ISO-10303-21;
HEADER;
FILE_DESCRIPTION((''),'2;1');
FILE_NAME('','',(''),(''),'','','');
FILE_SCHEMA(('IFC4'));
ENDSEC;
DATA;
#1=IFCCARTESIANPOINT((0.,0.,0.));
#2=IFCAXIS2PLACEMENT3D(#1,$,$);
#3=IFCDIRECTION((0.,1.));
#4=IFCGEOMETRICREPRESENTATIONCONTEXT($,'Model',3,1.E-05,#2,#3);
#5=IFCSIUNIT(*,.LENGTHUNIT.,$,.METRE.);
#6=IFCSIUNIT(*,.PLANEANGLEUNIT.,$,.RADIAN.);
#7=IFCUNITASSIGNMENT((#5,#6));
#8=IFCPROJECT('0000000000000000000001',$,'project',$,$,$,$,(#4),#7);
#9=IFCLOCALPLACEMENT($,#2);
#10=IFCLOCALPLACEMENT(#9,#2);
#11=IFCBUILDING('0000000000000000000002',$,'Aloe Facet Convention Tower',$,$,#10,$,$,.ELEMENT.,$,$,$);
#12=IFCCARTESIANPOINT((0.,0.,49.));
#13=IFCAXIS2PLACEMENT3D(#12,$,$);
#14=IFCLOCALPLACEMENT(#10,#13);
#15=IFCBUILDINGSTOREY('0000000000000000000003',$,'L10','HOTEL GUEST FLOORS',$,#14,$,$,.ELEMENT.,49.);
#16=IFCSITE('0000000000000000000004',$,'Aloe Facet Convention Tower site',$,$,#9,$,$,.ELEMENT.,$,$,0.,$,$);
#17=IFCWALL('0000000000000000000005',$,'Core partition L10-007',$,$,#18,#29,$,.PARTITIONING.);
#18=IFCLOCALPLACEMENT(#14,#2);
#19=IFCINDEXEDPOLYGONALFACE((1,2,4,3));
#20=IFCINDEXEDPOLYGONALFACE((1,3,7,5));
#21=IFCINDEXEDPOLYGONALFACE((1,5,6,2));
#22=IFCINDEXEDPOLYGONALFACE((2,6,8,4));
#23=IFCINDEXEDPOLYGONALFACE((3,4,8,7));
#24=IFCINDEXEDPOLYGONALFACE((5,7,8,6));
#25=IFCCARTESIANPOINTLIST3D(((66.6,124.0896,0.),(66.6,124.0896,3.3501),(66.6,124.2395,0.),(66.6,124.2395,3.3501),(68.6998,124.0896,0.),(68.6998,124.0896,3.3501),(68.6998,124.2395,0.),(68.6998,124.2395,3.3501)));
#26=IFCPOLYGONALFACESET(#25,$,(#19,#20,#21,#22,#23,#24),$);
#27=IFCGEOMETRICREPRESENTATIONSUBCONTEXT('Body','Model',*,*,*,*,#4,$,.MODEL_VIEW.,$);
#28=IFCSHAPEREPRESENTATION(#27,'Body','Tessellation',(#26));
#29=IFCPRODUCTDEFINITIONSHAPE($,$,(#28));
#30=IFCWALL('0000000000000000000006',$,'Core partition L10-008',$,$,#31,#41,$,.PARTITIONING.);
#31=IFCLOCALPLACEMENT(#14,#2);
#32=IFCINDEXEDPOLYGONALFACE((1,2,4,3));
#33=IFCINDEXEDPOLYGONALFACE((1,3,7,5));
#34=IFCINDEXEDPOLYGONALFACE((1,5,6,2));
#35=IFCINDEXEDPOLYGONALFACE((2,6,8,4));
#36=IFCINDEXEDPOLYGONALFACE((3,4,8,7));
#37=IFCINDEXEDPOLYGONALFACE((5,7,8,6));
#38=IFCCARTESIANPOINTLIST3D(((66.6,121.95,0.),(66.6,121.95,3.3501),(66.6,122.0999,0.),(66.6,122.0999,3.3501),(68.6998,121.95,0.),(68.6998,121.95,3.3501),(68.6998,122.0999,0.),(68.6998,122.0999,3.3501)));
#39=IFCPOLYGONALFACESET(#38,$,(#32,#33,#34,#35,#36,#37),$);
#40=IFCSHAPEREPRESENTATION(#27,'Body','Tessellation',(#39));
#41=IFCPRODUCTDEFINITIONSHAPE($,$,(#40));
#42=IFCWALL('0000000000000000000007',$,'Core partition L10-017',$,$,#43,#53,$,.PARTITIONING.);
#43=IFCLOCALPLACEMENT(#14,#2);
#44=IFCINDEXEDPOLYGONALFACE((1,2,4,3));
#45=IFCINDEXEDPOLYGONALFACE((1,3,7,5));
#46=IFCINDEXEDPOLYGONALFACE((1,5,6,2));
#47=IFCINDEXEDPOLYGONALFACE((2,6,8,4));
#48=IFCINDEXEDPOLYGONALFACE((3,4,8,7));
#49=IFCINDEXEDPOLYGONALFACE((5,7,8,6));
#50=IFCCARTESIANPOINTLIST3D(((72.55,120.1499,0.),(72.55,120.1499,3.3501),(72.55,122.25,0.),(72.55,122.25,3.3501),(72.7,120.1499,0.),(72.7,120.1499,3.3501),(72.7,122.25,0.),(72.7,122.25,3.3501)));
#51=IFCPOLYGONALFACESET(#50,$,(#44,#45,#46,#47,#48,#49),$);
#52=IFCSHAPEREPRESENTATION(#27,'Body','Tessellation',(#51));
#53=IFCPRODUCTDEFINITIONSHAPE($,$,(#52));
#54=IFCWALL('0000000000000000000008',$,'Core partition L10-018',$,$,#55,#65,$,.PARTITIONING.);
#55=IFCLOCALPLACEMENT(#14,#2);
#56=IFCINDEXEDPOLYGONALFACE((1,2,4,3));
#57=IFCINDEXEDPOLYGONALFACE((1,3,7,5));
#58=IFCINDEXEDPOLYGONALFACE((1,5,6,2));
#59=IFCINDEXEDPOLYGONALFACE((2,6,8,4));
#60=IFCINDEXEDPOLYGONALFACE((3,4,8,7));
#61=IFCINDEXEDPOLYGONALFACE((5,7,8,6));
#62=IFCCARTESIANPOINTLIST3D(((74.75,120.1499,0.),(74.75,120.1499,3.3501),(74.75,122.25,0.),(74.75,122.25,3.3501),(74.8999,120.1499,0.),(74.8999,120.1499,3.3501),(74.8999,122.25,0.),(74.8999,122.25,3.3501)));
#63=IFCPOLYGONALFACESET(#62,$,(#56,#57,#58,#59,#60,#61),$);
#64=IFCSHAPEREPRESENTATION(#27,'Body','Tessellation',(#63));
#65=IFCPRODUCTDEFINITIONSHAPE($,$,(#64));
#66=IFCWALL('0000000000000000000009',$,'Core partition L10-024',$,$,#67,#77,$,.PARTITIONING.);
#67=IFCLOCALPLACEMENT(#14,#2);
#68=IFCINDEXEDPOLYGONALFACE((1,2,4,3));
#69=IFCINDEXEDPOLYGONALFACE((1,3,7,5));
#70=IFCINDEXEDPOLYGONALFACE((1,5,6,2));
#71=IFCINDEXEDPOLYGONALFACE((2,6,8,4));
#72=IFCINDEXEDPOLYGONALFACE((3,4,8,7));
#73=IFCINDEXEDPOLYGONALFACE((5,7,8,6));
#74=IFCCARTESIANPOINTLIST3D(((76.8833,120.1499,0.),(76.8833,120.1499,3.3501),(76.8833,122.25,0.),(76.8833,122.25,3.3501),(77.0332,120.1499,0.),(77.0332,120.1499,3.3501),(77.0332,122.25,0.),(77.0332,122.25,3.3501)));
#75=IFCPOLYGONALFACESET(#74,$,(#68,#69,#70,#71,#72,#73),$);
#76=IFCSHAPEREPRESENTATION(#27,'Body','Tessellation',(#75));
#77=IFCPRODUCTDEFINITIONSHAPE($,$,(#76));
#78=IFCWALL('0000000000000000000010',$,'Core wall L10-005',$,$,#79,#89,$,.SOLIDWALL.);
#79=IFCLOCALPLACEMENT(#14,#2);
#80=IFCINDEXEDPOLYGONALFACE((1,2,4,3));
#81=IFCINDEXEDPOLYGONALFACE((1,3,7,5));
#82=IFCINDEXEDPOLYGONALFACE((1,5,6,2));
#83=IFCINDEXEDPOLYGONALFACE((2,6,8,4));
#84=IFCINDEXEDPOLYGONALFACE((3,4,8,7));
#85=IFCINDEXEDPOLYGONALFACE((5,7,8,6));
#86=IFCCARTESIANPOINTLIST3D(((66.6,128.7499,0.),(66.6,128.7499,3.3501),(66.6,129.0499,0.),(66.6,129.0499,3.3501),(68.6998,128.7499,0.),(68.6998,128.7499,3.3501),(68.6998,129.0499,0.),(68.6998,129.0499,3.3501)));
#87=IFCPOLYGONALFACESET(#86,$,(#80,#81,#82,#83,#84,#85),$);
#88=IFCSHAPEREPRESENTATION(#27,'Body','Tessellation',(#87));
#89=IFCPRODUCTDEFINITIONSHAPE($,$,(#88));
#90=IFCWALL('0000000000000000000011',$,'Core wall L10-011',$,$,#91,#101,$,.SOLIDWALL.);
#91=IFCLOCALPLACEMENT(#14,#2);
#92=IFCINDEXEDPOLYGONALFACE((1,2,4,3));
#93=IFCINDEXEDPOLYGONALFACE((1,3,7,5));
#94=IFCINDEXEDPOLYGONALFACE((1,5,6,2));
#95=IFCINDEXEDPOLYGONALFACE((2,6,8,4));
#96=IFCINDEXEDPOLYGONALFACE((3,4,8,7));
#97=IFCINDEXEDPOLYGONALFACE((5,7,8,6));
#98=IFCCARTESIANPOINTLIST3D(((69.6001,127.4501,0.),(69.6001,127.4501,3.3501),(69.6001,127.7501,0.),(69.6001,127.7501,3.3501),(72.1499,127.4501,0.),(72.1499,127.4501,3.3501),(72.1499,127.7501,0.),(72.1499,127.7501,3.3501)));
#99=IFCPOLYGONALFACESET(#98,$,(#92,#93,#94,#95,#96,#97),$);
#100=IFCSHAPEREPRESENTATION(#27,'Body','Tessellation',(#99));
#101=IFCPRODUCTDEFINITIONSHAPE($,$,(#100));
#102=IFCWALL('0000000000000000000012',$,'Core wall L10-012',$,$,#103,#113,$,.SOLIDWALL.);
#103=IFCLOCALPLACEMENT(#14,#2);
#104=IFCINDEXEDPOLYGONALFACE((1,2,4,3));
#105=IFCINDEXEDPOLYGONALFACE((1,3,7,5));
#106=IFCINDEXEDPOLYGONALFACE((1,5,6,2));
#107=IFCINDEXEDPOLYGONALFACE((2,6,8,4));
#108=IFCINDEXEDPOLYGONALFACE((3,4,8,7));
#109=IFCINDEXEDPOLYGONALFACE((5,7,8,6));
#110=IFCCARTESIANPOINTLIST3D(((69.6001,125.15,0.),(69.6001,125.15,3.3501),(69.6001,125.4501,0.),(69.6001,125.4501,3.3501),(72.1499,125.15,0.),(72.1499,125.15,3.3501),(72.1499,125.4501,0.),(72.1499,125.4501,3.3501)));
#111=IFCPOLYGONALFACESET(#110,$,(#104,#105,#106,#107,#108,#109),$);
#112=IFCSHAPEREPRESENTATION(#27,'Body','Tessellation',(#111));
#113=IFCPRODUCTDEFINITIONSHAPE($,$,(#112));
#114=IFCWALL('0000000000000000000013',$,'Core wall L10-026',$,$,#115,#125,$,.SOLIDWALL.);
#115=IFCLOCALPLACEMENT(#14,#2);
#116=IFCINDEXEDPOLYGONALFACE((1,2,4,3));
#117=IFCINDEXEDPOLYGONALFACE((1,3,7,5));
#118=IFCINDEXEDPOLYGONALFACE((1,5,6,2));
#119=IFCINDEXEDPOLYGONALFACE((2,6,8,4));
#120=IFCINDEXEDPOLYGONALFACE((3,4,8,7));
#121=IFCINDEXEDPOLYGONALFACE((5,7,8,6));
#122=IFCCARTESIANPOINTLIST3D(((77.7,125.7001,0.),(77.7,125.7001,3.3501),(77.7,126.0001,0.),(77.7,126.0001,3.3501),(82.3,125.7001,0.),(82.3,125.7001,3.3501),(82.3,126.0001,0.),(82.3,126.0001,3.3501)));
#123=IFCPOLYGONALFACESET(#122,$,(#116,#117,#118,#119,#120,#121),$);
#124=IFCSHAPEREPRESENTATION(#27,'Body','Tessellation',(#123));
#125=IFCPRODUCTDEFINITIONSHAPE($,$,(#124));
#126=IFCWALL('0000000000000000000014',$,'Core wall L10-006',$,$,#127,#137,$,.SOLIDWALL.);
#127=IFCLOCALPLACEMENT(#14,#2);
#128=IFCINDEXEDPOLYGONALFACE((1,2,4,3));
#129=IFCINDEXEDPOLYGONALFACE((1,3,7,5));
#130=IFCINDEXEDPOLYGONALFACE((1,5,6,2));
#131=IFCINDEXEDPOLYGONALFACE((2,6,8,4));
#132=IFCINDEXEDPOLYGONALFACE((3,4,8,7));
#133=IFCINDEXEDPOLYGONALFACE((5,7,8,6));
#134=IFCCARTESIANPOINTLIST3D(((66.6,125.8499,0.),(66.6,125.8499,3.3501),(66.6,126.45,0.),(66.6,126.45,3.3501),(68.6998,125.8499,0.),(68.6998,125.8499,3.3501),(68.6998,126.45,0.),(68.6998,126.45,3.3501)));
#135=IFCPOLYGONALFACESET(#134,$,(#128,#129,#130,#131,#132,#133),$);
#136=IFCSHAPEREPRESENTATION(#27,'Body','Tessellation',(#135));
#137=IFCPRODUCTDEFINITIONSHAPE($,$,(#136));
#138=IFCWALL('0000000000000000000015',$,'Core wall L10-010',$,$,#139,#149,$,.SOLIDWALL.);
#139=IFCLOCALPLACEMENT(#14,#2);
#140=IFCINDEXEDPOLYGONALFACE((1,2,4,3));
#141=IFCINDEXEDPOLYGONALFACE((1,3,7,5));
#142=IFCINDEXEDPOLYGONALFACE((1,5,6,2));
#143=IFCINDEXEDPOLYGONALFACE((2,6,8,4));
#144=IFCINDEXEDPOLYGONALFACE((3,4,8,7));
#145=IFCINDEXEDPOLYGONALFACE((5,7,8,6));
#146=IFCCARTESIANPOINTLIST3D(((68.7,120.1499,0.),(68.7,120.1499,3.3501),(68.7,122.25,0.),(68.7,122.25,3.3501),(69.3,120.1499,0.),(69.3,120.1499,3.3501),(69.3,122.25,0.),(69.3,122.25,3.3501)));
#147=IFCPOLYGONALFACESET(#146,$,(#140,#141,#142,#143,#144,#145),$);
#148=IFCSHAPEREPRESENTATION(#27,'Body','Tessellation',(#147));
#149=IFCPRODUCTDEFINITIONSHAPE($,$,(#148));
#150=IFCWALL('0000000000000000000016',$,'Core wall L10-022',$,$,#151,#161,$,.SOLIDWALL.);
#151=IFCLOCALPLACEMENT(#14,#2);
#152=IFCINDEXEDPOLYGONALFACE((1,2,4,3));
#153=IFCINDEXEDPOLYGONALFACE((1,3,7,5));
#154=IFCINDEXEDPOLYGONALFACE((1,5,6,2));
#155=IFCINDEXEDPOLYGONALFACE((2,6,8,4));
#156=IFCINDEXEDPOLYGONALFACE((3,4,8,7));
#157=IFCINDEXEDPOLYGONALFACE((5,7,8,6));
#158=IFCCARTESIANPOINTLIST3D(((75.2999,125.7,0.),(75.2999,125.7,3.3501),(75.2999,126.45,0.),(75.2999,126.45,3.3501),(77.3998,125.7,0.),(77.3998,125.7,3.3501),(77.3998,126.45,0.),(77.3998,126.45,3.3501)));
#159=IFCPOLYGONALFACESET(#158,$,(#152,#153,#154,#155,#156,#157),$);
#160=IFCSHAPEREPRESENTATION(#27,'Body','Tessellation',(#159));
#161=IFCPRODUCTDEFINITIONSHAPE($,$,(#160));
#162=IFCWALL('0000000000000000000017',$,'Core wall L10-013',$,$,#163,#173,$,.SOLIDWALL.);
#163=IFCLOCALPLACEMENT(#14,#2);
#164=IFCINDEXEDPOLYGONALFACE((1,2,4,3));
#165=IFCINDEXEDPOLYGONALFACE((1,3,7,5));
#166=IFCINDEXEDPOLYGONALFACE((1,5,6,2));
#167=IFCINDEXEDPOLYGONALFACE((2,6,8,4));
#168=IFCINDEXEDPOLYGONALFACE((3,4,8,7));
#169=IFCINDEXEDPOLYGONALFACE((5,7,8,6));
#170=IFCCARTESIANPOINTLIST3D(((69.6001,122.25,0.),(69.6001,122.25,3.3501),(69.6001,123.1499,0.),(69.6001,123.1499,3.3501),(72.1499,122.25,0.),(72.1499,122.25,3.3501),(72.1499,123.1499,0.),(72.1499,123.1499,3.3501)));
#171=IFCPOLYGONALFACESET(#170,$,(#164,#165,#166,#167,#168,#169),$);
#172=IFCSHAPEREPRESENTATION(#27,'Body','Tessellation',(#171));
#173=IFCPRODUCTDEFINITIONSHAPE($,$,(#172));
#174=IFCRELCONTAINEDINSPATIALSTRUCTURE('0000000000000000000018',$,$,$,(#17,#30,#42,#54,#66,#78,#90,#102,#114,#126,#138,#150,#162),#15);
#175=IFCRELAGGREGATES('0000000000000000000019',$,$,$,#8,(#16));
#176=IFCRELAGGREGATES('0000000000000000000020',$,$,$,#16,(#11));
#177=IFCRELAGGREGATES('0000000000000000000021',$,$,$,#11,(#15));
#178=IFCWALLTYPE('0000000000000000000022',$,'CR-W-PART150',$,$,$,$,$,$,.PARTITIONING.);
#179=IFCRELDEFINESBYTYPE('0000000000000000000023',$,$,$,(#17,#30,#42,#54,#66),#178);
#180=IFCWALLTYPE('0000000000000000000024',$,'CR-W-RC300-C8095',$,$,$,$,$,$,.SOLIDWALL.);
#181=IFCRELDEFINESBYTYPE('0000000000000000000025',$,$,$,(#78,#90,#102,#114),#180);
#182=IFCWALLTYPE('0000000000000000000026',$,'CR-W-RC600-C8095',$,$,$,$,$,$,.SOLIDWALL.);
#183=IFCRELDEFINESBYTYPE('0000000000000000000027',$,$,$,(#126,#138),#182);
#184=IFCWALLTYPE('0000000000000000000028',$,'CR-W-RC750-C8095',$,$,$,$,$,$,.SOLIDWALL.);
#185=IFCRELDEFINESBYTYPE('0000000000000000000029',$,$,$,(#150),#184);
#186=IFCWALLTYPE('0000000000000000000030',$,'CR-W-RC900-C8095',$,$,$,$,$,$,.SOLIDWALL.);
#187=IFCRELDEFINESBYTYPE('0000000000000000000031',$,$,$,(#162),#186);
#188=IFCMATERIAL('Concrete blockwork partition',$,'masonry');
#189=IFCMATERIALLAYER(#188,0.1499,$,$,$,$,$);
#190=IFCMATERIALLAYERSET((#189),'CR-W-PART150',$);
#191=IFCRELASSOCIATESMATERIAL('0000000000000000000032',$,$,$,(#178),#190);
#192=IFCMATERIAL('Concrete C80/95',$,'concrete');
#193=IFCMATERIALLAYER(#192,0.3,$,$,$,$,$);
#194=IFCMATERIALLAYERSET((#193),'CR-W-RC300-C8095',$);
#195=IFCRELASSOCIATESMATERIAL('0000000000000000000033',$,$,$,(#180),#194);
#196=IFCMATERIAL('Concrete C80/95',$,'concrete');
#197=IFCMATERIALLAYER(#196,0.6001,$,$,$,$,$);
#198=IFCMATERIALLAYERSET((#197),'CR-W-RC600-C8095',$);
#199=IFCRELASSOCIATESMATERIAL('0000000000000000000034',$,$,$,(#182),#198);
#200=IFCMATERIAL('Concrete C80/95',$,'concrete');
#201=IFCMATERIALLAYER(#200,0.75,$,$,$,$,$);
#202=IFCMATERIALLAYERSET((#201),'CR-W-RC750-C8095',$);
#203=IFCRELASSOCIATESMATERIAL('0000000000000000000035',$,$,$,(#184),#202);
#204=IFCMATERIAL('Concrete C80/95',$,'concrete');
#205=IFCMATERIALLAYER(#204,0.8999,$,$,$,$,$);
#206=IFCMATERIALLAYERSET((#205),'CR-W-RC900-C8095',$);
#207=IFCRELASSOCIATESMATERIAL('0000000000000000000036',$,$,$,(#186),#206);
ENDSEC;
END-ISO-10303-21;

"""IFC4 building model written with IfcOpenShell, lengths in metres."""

from ifc_helpers import new_model, si_unit, direction, frame, frame_2d, origin, place, context, subcontext, project, spatial, rectangle, extrude, material, layer, layer_set, type_object, element, save


model = new_model("IFC4")

# Units and contexts
model_context = context("Model", 3, precision=1e-05, world=origin(), true_north=direction((0.0, 1.0)))
body_context = subcontext(model_context, "Body", "Model", "MODEL_VIEW")
ifc_project = project(units=[si_unit("LENGTHUNIT", "METRE"), si_unit("PLANEANGLEUNIT", "RADIAN")], contexts=[model_context])

# Site, building, storey
site_placement = place(None, origin())
site = spatial("IfcSite", under=ifc_project, at=site_placement, Name="Aloe Facet Convention Tower site", CompositionType="ELEMENT", RefElevation=0.0)
building_placement = place(site_placement, origin())
building = spatial("IfcBuilding", under=site, at=building_placement, Name="Aloe Facet Convention Tower", CompositionType="ELEMENT")
storey_placement = place(building_placement, frame((0.0, 0.0, 49.0)))
storey = spatial("IfcBuildingStorey", under=building, at=storey_placement, Name="L10", Description="HOTEL GUEST FLOORS", CompositionType="ELEMENT", Elevation=49.0)

# Walls
ifc_material_1 = material(Name="Concrete blockwork partition", Category="masonry")
ifc_layer_1 = layer(ifc_material_1, 0.1499)
ifc_layer_set_1 = layer_set([ifc_layer_1], Name="CR-W-PART150")
wall_type_1 = type_object("IfcWallType", Name="CR-W-PART150", PredefinedType="PARTITIONING", material=ifc_layer_set_1)
for number, where, z_axis, x_axis, name in (
    (1, (66.6001, 124.1646, 0.0), (0.0, 0.0, 1.0), (1.0, 0.0, 0.0), "Core partition L10-007"),
    (2, (66.6001, 122.0249, 0.0), (0.0, 0.0, 1.0), (1.0, 0.0, 0.0), "Core partition L10-008"),
):
    element("IfcWall", number, at=place(storey_placement, frame(where, z_axis=z_axis, x_axis=x_axis)), inside=storey, type_object=wall_type_1, Name=name, PredefinedType="PARTITIONING", context=body_context, shape_type="SweptSolid", body=[
        extrude(rectangle(XDim=2.0999, YDim=0.1499, at=frame_2d((1.0498, 0.0))), origin(), (0.0, 0.0, 1.0), 3.3501),
    ])
for number, where, z_axis, x_axis, name in (
    (3, (72.625, 122.25, 0.0), (0.0, 0.0, 1.0), (0.0, -1.0, 0.0), "Core partition L10-017"),
    (4, (74.825, 122.25, 0.0), (0.0, 0.0, 1.0), (0.0, -1.0, 0.0), "Core partition L10-018"),
    (5, (76.9583, 122.25, 0.0), (0.0, 0.0, 1.0), (0.0, -1.0, 0.0), "Core partition L10-024"),
):
    element("IfcWall", number, at=place(storey_placement, frame(where, z_axis=z_axis, x_axis=x_axis)), inside=storey, type_object=wall_type_1, Name=name, PredefinedType="PARTITIONING", context=body_context, shape_type="SweptSolid", body=[
        extrude(rectangle(XDim=2.1001, YDim=0.1499, at=frame_2d((1.05, 0.0))), origin(), (0.0, 0.0, 1.0), 3.3501),
    ])
ifc_material_2 = material(Name="Concrete C80/95", Category="concrete")
ifc_layer_2 = layer(ifc_material_2, 0.3)
ifc_layer_set_2 = layer_set([ifc_layer_2], Name="CR-W-RC300-C8095")
wall_type_2 = type_object("IfcWallType", Name="CR-W-RC300-C8095", PredefinedType="SOLIDWALL", material=ifc_layer_set_2)
wall_1_placement = place(storey_placement, frame((66.6001, 128.8999, 0.0), z_axis=(0.0, 0.0, 1.0), x_axis=(1.0, 0.0, 0.0)))
element("IfcWall", 6, at=wall_1_placement, inside=storey, type_object=wall_type_2, Name="Core wall L10-005", PredefinedType="SOLIDWALL", context=body_context, shape_type="SweptSolid", body=[
    extrude(rectangle(XDim=2.0999, YDim=0.3, at=frame_2d((1.0498, 0.0))), origin(), (0.0, 0.0, 1.0), 3.3501),
])
for number, where, z_axis, x_axis, name in (
    (7, (69.6001, 127.6001, 0.0), (0.0, 0.0, 1.0), (1.0, 0.0, 0.0), "Core wall L10-011"),
    (8, (69.6001, 125.3, 0.0), (0.0, 0.0, 1.0), (1.0, 0.0, 0.0), "Core wall L10-012"),
):
    element("IfcWall", number, at=place(storey_placement, frame(where, z_axis=z_axis, x_axis=x_axis)), inside=storey, type_object=wall_type_2, Name=name, PredefinedType="SOLIDWALL", context=body_context, shape_type="SweptSolid", body=[
        extrude(rectangle(XDim=2.5498, YDim=0.3, at=frame_2d((1.2749, 0.0))), origin(), (0.0, 0.0, 1.0), 3.3501),
    ])
wall_2_placement = place(storey_placement, frame((77.7, 125.8501, 0.0), z_axis=(0.0, 0.0, 1.0), x_axis=(1.0, 0.0, 0.0)))
element("IfcWall", 9, at=wall_2_placement, inside=storey, type_object=wall_type_2, Name="Core wall L10-026", PredefinedType="SOLIDWALL", context=body_context, shape_type="SweptSolid", body=[
    extrude(rectangle(XDim=4.6001, YDim=0.3, at=frame_2d((2.3, 0.0))), origin(), (0.0, 0.0, 1.0), 3.3501),
])
ifc_material_3 = material(Name="Concrete C80/95", Category="concrete")
ifc_layer_3 = layer(ifc_material_3, 0.6001)
ifc_layer_set_3 = layer_set([ifc_layer_3], Name="CR-W-RC600-C8095")
wall_type_3 = type_object("IfcWallType", Name="CR-W-RC600-C8095", PredefinedType="SOLIDWALL", material=ifc_layer_set_3)
wall_3_placement = place(storey_placement, frame((66.6001, 126.1499, 0.0), z_axis=(0.0, 0.0, 1.0), x_axis=(1.0, 0.0, 0.0)))
element("IfcWall", 10, at=wall_3_placement, inside=storey, type_object=wall_type_3, Name="Core wall L10-006", PredefinedType="SOLIDWALL", context=body_context, shape_type="SweptSolid", body=[
    extrude(rectangle(XDim=2.0999, YDim=0.6001, at=frame_2d((1.0498, 0.0))), origin(), (0.0, 0.0, 1.0), 3.3501),
])
wall_4_placement = place(storey_placement, frame((69.0, 122.25, 0.0), z_axis=(0.0, 0.0, 1.0), x_axis=(0.0, -1.0, 0.0)))
element("IfcWall", 11, at=wall_4_placement, inside=storey, type_object=wall_type_3, Name="Core wall L10-010", PredefinedType="SOLIDWALL", context=body_context, shape_type="SweptSolid", body=[
    extrude(rectangle(XDim=2.1001, YDim=0.6001, at=frame_2d((1.05, 0.0))), origin(), (0.0, 0.0, 1.0), 3.3501),
])
ifc_material_4 = material(Name="Concrete C80/95", Category="concrete")
ifc_layer_4 = layer(ifc_material_4, 0.75)
ifc_layer_set_4 = layer_set([ifc_layer_4], Name="CR-W-RC750-C8095")
wall_type_4 = type_object("IfcWallType", Name="CR-W-RC750-C8095", PredefinedType="SOLIDWALL", material=ifc_layer_set_4)
wall_5_placement = place(storey_placement, frame((75.3, 126.075, 0.0), z_axis=(0.0, 0.0, 1.0), x_axis=(1.0, 0.0, 0.0)))
element("IfcWall", 12, at=wall_5_placement, inside=storey, type_object=wall_type_4, Name="Core wall L10-022", PredefinedType="SOLIDWALL", context=body_context, shape_type="SweptSolid", body=[
    extrude(rectangle(XDim=2.0999, YDim=0.75, at=frame_2d((1.0498, 0.0))), origin(), (0.0, 0.0, 1.0), 3.3501),
])
ifc_material_5 = material(Name="Concrete C80/95", Category="concrete")
ifc_layer_5 = layer(ifc_material_5, 0.8999)
ifc_layer_set_5 = layer_set([ifc_layer_5], Name="CR-W-RC900-C8095")
wall_type_5 = type_object("IfcWallType", Name="CR-W-RC900-C8095", PredefinedType="SOLIDWALL", material=ifc_layer_set_5)
wall_6_placement = place(storey_placement, frame((69.6001, 122.7, 0.0), z_axis=(0.0, 0.0, 1.0), x_axis=(1.0, 0.0, 0.0)))
element("IfcWall", 13, at=wall_6_placement, inside=storey, type_object=wall_type_5, Name="Core wall L10-013", PredefinedType="SOLIDWALL", context=body_context, shape_type="SweptSolid", body=[
    extrude(rectangle(XDim=2.5498, YDim=0.8999, at=frame_2d((1.2749, 0.0))), origin(), (0.0, 0.0, 1.0), 3.3501),
])

save(model, "model.ifc")
